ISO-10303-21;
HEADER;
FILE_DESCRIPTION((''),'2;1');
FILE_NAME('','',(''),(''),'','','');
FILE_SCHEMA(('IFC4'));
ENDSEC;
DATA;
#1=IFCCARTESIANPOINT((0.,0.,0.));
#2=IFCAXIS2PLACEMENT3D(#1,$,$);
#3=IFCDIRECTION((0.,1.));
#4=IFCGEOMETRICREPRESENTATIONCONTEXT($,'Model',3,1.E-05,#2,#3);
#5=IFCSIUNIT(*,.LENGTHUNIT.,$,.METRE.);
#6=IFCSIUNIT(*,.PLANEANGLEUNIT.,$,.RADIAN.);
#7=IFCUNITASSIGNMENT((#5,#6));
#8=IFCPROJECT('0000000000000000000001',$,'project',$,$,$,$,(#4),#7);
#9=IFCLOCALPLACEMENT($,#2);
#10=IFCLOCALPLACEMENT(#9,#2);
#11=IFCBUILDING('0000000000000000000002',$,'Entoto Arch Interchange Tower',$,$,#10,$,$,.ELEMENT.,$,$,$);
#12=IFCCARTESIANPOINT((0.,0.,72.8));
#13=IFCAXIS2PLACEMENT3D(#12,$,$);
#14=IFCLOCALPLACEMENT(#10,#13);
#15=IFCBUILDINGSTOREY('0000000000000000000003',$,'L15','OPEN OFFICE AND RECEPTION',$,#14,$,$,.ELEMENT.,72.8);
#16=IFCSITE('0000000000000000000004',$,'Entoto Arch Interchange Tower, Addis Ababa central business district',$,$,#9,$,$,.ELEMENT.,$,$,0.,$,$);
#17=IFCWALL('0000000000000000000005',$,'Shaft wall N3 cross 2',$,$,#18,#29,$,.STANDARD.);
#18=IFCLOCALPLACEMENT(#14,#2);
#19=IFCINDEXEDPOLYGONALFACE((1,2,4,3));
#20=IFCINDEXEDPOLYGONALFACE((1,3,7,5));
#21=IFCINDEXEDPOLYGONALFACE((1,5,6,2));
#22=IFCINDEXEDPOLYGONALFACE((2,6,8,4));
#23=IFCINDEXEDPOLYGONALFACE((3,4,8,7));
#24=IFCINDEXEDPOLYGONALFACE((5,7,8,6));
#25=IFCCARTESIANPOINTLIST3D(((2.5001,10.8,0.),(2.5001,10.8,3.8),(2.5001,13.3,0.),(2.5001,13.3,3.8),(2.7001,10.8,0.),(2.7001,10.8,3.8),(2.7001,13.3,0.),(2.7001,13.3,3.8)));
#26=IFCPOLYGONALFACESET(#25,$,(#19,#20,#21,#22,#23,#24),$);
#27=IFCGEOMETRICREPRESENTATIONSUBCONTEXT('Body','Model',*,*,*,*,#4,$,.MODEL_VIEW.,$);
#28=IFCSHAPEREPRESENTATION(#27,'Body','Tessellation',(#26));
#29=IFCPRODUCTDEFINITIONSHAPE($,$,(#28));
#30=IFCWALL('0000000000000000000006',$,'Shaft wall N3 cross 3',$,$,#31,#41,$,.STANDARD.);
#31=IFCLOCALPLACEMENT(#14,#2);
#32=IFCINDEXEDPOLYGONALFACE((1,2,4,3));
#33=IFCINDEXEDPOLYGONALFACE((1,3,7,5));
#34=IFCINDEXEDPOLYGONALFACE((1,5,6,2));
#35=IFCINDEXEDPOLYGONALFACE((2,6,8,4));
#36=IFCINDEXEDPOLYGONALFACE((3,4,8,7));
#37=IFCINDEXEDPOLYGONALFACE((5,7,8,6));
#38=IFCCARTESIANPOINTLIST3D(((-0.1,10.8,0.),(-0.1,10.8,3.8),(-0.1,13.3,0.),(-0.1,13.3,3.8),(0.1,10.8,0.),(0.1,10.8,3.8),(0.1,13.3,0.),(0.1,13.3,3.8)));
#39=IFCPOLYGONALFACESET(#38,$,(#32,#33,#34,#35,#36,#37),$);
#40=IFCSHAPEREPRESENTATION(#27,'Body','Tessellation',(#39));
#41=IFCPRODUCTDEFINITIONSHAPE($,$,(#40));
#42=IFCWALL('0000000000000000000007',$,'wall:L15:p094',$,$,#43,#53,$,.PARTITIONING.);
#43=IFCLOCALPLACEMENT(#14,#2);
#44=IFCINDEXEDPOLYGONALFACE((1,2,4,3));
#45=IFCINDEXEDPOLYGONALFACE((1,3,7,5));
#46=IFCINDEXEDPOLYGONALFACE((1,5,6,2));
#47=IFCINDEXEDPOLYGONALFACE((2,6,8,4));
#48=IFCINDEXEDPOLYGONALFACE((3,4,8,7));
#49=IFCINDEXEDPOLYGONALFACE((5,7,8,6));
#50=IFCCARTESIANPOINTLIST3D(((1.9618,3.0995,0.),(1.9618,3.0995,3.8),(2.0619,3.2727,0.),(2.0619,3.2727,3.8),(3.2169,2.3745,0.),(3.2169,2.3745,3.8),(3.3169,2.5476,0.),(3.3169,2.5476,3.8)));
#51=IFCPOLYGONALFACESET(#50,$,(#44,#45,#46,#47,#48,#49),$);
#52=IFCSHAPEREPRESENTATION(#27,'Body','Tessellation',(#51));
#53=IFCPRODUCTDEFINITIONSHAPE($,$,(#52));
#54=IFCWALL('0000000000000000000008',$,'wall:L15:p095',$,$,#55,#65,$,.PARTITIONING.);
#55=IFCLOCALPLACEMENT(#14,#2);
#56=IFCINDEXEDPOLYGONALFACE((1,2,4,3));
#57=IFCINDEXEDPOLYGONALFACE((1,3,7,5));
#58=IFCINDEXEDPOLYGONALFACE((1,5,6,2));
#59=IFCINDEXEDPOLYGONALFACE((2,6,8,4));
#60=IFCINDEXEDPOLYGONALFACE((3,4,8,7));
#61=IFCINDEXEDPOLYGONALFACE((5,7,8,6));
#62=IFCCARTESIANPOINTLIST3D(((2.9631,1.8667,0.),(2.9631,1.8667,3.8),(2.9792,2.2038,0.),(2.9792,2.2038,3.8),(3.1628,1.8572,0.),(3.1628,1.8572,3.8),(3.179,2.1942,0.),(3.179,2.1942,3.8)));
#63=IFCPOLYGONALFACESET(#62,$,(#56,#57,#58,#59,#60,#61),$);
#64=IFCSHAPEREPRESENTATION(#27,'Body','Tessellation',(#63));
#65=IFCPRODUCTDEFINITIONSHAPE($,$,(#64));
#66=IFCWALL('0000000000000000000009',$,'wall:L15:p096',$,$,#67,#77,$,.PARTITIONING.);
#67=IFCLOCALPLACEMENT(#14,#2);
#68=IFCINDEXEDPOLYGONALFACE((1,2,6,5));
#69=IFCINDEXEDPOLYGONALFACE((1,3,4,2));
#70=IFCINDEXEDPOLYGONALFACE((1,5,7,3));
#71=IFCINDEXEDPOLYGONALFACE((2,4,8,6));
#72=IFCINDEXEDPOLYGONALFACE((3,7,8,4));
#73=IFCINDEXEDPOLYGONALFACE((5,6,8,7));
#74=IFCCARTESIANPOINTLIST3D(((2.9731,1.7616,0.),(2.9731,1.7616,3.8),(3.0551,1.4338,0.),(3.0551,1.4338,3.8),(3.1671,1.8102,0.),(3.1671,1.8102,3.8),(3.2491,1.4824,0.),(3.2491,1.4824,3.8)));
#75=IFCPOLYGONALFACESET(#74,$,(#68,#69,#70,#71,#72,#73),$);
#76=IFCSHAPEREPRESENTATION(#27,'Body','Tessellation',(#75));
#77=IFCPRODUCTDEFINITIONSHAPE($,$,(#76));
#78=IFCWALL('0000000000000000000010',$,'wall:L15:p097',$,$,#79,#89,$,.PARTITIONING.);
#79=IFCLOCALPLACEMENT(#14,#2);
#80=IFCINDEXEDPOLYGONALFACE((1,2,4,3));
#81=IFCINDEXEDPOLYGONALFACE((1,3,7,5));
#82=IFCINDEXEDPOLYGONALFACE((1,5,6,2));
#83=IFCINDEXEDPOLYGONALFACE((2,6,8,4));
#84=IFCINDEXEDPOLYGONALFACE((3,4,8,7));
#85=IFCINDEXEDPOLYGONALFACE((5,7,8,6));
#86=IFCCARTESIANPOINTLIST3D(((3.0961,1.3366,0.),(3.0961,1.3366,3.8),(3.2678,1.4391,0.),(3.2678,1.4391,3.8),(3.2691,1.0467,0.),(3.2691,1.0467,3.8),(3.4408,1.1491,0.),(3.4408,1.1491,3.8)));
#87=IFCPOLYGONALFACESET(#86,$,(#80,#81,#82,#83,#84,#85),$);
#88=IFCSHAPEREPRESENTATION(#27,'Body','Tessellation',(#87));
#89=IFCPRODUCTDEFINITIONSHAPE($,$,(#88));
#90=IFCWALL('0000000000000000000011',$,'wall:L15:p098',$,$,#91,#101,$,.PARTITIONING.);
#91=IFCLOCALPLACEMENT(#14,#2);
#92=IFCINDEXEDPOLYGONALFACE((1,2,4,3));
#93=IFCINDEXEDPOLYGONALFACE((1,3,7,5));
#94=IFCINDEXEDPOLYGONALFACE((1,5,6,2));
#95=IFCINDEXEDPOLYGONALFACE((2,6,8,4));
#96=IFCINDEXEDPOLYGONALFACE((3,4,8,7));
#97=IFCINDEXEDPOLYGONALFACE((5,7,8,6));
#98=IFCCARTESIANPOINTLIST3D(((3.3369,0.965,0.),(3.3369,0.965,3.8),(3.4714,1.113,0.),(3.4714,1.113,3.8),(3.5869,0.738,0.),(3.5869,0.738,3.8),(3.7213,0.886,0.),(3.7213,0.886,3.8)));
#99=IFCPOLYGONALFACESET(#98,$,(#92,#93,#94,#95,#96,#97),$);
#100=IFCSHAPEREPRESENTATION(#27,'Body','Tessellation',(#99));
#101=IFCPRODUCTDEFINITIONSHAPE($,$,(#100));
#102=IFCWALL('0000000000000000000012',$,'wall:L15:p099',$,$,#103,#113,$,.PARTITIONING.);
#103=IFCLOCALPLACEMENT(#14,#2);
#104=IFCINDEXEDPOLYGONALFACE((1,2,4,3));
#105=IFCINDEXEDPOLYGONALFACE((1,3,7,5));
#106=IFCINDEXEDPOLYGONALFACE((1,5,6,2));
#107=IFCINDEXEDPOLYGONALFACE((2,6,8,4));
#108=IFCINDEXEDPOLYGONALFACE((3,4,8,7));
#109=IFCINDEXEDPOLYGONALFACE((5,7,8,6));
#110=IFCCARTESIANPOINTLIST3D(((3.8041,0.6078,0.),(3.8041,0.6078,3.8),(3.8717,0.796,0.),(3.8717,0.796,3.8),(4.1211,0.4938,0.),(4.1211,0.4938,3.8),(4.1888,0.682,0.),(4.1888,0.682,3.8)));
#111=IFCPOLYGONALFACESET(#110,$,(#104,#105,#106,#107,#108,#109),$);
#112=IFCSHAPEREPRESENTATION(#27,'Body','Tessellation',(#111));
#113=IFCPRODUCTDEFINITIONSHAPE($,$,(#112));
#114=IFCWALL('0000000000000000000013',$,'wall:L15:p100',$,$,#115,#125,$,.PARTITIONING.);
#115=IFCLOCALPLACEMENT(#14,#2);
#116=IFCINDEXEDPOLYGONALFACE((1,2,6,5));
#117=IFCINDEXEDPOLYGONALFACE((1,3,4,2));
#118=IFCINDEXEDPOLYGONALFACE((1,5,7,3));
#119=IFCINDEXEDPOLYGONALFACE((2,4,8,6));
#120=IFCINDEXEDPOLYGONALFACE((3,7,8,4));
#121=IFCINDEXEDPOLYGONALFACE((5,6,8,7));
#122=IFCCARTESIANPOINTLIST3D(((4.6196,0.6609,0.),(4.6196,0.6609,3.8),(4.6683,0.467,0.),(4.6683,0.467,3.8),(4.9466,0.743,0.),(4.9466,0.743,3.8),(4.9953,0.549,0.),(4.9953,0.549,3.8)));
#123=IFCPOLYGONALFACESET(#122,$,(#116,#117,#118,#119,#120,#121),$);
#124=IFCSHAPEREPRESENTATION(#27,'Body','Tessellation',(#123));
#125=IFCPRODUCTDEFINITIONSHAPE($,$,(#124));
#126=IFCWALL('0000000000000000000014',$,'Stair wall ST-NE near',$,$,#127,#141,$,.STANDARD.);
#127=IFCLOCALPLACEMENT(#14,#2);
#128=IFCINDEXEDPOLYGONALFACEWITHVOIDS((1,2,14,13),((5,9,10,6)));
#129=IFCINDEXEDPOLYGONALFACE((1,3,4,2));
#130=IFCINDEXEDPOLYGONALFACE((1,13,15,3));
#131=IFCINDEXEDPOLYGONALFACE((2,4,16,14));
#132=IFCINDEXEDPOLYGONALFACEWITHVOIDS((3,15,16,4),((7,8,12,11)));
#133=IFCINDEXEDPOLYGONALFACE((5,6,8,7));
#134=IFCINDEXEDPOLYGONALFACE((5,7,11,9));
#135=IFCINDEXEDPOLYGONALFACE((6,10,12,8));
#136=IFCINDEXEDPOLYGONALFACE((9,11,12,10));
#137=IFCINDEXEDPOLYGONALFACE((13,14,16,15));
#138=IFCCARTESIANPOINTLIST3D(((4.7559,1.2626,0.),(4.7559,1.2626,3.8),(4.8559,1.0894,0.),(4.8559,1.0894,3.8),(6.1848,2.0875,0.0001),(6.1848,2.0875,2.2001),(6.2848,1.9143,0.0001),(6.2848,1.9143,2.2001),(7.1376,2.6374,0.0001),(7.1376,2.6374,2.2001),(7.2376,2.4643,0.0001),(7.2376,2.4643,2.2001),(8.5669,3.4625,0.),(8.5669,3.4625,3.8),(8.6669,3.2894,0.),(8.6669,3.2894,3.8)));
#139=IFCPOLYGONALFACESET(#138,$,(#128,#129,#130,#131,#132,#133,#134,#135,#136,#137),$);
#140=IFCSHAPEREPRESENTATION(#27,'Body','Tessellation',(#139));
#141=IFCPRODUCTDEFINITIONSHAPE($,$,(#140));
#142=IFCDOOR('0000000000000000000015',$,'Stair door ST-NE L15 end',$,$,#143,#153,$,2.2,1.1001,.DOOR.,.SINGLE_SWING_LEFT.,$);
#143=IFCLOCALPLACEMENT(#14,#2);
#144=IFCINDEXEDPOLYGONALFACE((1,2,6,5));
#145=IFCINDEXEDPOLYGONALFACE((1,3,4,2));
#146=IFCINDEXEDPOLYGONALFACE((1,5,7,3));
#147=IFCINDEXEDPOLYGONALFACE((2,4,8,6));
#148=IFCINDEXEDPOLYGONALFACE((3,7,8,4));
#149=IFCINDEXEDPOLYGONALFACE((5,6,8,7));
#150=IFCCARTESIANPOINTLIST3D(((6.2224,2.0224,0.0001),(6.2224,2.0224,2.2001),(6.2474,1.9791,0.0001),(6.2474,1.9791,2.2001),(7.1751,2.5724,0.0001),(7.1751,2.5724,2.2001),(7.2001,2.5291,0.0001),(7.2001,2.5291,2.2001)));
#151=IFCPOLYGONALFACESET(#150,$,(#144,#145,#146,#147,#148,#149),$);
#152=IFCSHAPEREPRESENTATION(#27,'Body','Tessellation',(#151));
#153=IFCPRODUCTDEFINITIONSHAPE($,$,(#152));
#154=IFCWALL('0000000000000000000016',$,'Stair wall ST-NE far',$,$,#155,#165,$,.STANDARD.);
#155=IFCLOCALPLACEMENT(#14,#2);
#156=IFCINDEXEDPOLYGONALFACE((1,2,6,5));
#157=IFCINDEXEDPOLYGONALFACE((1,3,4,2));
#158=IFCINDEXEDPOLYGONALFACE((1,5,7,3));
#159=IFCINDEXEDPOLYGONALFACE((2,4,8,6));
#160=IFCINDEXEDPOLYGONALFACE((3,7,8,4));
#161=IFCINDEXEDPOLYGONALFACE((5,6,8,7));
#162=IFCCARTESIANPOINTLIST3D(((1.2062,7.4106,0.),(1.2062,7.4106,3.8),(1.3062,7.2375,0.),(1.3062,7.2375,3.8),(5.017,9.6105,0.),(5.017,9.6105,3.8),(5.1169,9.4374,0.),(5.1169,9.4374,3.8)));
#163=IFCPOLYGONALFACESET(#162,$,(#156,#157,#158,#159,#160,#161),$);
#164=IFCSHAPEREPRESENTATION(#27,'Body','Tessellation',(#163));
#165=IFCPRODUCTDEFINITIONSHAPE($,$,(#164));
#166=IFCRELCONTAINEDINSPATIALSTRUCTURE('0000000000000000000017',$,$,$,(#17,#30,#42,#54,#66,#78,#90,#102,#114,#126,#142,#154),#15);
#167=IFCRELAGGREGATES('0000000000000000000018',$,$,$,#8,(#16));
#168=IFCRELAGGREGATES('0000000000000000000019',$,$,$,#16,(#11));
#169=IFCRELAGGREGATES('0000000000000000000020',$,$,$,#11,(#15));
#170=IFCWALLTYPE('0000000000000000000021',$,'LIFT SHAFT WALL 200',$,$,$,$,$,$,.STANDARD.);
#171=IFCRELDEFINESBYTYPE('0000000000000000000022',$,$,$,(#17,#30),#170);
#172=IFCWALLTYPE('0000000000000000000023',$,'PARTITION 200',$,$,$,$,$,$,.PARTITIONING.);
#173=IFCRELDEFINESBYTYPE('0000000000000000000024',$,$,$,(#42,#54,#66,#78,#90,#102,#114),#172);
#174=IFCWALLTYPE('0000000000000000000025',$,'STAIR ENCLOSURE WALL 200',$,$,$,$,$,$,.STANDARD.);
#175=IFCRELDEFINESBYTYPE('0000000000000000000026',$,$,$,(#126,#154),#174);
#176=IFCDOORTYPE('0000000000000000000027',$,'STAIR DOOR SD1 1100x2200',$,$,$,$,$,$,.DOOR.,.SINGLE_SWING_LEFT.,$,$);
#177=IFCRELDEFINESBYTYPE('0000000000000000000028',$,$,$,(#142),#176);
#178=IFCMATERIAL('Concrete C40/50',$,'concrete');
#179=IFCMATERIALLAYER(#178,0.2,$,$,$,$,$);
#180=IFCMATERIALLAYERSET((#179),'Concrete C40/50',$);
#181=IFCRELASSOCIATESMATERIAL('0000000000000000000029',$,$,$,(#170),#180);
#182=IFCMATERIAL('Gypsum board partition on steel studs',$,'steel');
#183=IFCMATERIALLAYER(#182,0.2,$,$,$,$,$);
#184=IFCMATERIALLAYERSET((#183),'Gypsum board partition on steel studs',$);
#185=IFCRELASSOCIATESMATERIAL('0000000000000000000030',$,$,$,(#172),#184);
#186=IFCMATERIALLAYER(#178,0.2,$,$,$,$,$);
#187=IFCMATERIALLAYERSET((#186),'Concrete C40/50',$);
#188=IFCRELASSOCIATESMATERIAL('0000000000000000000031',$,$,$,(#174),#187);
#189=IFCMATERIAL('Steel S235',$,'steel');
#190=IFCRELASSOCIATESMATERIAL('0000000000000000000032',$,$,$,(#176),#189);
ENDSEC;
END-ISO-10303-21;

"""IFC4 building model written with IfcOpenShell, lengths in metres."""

from ifc_helpers import new_model, si_unit, direction, frame, frame_2d, origin, place, context, subcontext, project, spatial, rectangle, extrude, material, layer, layer_set, type_object, element, fill, save


model = new_model("IFC4")

# Units and contexts
model_context = context("Model", 3, precision=1e-05, world=origin(), true_north=direction((0.0, 1.0)))
body_context = subcontext(model_context, "Body", "Model", "MODEL_VIEW")
ifc_project = project(units=[si_unit("LENGTHUNIT", "METRE"), si_unit("PLANEANGLEUNIT", "RADIAN")], contexts=[model_context])

# Site, building, storey
site_placement = place(None, origin())
site = spatial("IfcSite", under=ifc_project, at=site_placement, Name="Entoto Arch Interchange Tower, Addis Ababa central business district", CompositionType="ELEMENT", RefElevation=0.0)
building_placement = place(site_placement, origin())
building = spatial("IfcBuilding", under=site, at=building_placement, Name="Entoto Arch Interchange Tower", CompositionType="ELEMENT")
storey_placement = place(building_placement, frame((0.0, 0.0, 72.8)))
storey = spatial("IfcBuildingStorey", under=building, at=storey_placement, Name="L15", Description="OPEN OFFICE AND RECEPTION", CompositionType="ELEMENT", Elevation=72.8)

# Shared definitions
ifc_material_1 = material(Name="Concrete C40/50", Category="concrete")

# Walls
ifc_layer_1 = layer(ifc_material_1, 0.2)
ifc_layer_set_1 = layer_set([ifc_layer_1], Name="Concrete C40/50")
wall_type_1 = type_object("IfcWallType", Name="LIFT SHAFT WALL 200", PredefinedType="STANDARD", material=ifc_layer_set_1)
for number, where, z_axis, x_axis, name in (
    (1, (2.6001, 10.8, 0.0), (0.0, 0.0, 1.0), (0.0, 1.0, 0.0), "Shaft wall N3 cross 2"),
    (2, (0.0, 10.8, 0.0), (0.0, 0.0, 1.0), (0.0, 1.0, 0.0), "Shaft wall N3 cross 3"),
):
    element("IfcWall", number, at=place(storey_placement, frame(where, z_axis=z_axis, x_axis=x_axis)), inside=storey, type_object=wall_type_1, Name=name, PredefinedType="STANDARD", context=body_context, shape_type="SweptSolid", body=[
        extrude(rectangle(XDim=2.5, YDim=0.2, at=frame_2d((1.25, 0.0))), origin(), (0.0, 0.0, 1.0), 3.8),
    ])
ifc_material_2 = material(Name="Gypsum board partition on steel studs", Category="steel")
ifc_layer_2 = layer(ifc_material_2, 0.2)
ifc_layer_set_2 = layer_set([ifc_layer_2], Name="Gypsum board partition on steel studs")
wall_type_2 = type_object("IfcWallType", Name="PARTITION 200", PredefinedType="PARTITIONING", material=ifc_layer_set_2)
wall_1_placement = place(storey_placement, frame((2.012, 3.186, 0.0), z_axis=(0.0, 0.0, 1.0), x_axis=(0.865891, -0.500233, 0.0)))
element("IfcWall", 3, at=wall_1_placement, inside=storey, type_object=wall_type_2, Name="wall:L15:p094", PredefinedType="PARTITIONING", context=body_context, shape_type="SweptSolid", body=[
    extrude(rectangle(XDim=1.4495, YDim=0.2, at=frame_2d((0.7246, 0.0))), origin(), (0.0, 0.0, 1.0), 3.8),
])
wall_2_placement = place(storey_placement, frame((3.0791, 2.199, 0.0), z_axis=(0.0, 0.0, 1.0), x_axis=(-0.047771, -0.998858, 0.0)))
element("IfcWall", 4, at=wall_2_placement, inside=storey, type_object=wall_type_2, Name="wall:L15:p095", PredefinedType="PARTITIONING", context=body_context, shape_type="SweptSolid", body=[
    extrude(rectangle(XDim=0.3374, YDim=0.2, at=frame_2d((0.1687, 0.0))), origin(), (0.0, 0.0, 1.0), 3.8),
])
wall_3_placement = place(storey_placement, frame((3.0701, 1.7859, 0.0), z_axis=(0.0, 0.0, 1.0), x_axis=(0.242706, -0.9701, 0.0)))
element("IfcWall", 5, at=wall_3_placement, inside=storey, type_object=wall_type_2, Name="wall:L15:p096", PredefinedType="PARTITIONING", context=body_context, shape_type="SweptSolid", body=[
    extrude(rectangle(XDim=0.3379, YDim=0.2, at=frame_2d((0.1689, 0.0))), origin(), (0.0, 0.0, 1.0), 3.8),
])
for number, where, z_axis, x_axis, name in (
    (6, (3.1819, 1.3879, 0.0), (0.0, 0.0, 1.0), (0.512475, -0.858702, 0.0), "wall:L15:p097"),
    (7, (3.4041, 1.0391, 0.0), (0.0, 0.0, 1.0), (0.740267, -0.672313, 0.0), "wall:L15:p098"),
):
    element("IfcWall", number, at=place(storey_placement, frame(where, z_axis=z_axis, x_axis=x_axis)), inside=storey, type_object=wall_type_2, Name=name, PredefinedType="PARTITIONING", context=body_context, shape_type="SweptSolid", body=[
        extrude(rectangle(XDim=0.3376, YDim=0.2, at=frame_2d((0.1689, 0.0))), origin(), (0.0, 0.0, 1.0), 3.8),
    ])
wall_4_placement = place(storey_placement, frame((3.8379, 0.7019, 0.0), z_axis=(0.0, 0.0, 1.0), x_axis=(0.941035, -0.338309, 0.0)))
element("IfcWall", 8, at=wall_4_placement, inside=storey, type_object=wall_type_2, Name="wall:L15:p099", PredefinedType="PARTITIONING", context=body_context, shape_type="SweptSolid", body=[
    extrude(rectangle(XDim=0.3369, YDim=0.2, at=frame_2d((0.1685, 0.0))), origin(), (0.0, 0.0, 1.0), 3.8),
])
wall_5_placement = place(storey_placement, frame((4.644, 0.564, 0.0), z_axis=(0.0, 0.0, 1.0), x_axis=(0.969929, 0.243388, 0.0)))
element("IfcWall", 9, at=wall_5_placement, inside=storey, type_object=wall_type_2, Name="wall:L15:p100", PredefinedType="PARTITIONING", context=body_context, shape_type="SweptSolid", body=[
    extrude(rectangle(XDim=0.3372, YDim=0.2, at=frame_2d((0.1685, 0.0))), origin(), (0.0, 0.0, 1.0), 3.8),
])

# Wall, opening, door
ifc_layer_3 = layer(ifc_material_1, 0.2)
ifc_layer_set_3 = layer_set([ifc_layer_3], Name="Concrete C40/50")
wall_type_3 = type_object("IfcWallType", Name="STAIR ENCLOSURE WALL 200", PredefinedType="STANDARD", material=ifc_layer_set_3)
wall_6_placement = place(storey_placement, frame((4.8059, 1.176, 0.0), z_axis=(0.0, 0.0, 1.0), x_axis=(0.86606, 0.49994, 0.0)))
wall_6 = element("IfcWall", 10, at=wall_6_placement, inside=storey, type_object=wall_type_3, Name="Stair wall ST-NE near", PredefinedType="STANDARD", context=body_context, shape_type="SweptSolid", body=[
    extrude(rectangle(XDim=4.4004, YDim=0.2, at=frame_2d((2.2002, 0.0))), origin(), (0.0, 0.0, 1.0), 3.8),
])
opening_1_placement = place(wall_6_placement, frame((1.6499, 0.0, 0.0)))
opening_1 = element("IfcOpeningElement", 11, at=opening_1_placement, cuts=wall_6, PredefinedType="OPENING", context=body_context, shape_type="SweptSolid", body=[
    extrude(rectangle(XDim=1.1001, YDim=2.2, at=frame_2d((0.55, 1.1001))), frame((0.0, 0.1099, 0.0), z_axis=(0.0, -1.0, 0.0), x_axis=(1.0, 0.0, 0.0)), (0.0, 0.0, 1.0), 0.22),
])
ifc_material_3 = material(Name="Steel S235", Category="steel")
door_type = type_object("IfcDoorType", Name="STAIR DOOR SD1 1100x2200", OperationType="SINGLE_SWING_LEFT", PredefinedType="DOOR", material=ifc_material_3)
door_1_placement = place(opening_1_placement, origin())
door_1 = element("IfcDoor", 12, at=door_1_placement, inside=storey, type_object=door_type, Name="Stair door ST-NE L15 end", OperationType="SINGLE_SWING_LEFT", OverallHeight=2.2, OverallWidth=1.1001, PredefinedType="DOOR", context=body_context, shape_type="SweptSolid", body=[
    extrude(rectangle(XDim=1.1001, YDim=2.2, at=frame_2d((0.55, 1.1001))), frame((0.0, 0.0249, 0.0), z_axis=(0.0, -1.0, 0.0), x_axis=(1.0, 0.0, 0.0)), (0.0, 0.0, 1.0), 0.05),
])
fill(opening_1, door_1)

# Wall
wall_7_placement = place(storey_placement, frame((1.2561, 7.324, 0.0), z_axis=(0.0, 0.0, 1.0), x_axis=(0.866046, 0.499964, 0.0)))
element("IfcWall", 13, at=wall_7_placement, inside=storey, type_object=wall_type_3, Name="Stair wall ST-NE far", PredefinedType="STANDARD", context=body_context, shape_type="SweptSolid", body=[
    extrude(rectangle(XDim=4.4001, YDim=0.2, at=frame_2d((2.2002, 0.0))), origin(), (0.0, 0.0, 1.0), 3.8),
])

save(model, "model.ifc")
